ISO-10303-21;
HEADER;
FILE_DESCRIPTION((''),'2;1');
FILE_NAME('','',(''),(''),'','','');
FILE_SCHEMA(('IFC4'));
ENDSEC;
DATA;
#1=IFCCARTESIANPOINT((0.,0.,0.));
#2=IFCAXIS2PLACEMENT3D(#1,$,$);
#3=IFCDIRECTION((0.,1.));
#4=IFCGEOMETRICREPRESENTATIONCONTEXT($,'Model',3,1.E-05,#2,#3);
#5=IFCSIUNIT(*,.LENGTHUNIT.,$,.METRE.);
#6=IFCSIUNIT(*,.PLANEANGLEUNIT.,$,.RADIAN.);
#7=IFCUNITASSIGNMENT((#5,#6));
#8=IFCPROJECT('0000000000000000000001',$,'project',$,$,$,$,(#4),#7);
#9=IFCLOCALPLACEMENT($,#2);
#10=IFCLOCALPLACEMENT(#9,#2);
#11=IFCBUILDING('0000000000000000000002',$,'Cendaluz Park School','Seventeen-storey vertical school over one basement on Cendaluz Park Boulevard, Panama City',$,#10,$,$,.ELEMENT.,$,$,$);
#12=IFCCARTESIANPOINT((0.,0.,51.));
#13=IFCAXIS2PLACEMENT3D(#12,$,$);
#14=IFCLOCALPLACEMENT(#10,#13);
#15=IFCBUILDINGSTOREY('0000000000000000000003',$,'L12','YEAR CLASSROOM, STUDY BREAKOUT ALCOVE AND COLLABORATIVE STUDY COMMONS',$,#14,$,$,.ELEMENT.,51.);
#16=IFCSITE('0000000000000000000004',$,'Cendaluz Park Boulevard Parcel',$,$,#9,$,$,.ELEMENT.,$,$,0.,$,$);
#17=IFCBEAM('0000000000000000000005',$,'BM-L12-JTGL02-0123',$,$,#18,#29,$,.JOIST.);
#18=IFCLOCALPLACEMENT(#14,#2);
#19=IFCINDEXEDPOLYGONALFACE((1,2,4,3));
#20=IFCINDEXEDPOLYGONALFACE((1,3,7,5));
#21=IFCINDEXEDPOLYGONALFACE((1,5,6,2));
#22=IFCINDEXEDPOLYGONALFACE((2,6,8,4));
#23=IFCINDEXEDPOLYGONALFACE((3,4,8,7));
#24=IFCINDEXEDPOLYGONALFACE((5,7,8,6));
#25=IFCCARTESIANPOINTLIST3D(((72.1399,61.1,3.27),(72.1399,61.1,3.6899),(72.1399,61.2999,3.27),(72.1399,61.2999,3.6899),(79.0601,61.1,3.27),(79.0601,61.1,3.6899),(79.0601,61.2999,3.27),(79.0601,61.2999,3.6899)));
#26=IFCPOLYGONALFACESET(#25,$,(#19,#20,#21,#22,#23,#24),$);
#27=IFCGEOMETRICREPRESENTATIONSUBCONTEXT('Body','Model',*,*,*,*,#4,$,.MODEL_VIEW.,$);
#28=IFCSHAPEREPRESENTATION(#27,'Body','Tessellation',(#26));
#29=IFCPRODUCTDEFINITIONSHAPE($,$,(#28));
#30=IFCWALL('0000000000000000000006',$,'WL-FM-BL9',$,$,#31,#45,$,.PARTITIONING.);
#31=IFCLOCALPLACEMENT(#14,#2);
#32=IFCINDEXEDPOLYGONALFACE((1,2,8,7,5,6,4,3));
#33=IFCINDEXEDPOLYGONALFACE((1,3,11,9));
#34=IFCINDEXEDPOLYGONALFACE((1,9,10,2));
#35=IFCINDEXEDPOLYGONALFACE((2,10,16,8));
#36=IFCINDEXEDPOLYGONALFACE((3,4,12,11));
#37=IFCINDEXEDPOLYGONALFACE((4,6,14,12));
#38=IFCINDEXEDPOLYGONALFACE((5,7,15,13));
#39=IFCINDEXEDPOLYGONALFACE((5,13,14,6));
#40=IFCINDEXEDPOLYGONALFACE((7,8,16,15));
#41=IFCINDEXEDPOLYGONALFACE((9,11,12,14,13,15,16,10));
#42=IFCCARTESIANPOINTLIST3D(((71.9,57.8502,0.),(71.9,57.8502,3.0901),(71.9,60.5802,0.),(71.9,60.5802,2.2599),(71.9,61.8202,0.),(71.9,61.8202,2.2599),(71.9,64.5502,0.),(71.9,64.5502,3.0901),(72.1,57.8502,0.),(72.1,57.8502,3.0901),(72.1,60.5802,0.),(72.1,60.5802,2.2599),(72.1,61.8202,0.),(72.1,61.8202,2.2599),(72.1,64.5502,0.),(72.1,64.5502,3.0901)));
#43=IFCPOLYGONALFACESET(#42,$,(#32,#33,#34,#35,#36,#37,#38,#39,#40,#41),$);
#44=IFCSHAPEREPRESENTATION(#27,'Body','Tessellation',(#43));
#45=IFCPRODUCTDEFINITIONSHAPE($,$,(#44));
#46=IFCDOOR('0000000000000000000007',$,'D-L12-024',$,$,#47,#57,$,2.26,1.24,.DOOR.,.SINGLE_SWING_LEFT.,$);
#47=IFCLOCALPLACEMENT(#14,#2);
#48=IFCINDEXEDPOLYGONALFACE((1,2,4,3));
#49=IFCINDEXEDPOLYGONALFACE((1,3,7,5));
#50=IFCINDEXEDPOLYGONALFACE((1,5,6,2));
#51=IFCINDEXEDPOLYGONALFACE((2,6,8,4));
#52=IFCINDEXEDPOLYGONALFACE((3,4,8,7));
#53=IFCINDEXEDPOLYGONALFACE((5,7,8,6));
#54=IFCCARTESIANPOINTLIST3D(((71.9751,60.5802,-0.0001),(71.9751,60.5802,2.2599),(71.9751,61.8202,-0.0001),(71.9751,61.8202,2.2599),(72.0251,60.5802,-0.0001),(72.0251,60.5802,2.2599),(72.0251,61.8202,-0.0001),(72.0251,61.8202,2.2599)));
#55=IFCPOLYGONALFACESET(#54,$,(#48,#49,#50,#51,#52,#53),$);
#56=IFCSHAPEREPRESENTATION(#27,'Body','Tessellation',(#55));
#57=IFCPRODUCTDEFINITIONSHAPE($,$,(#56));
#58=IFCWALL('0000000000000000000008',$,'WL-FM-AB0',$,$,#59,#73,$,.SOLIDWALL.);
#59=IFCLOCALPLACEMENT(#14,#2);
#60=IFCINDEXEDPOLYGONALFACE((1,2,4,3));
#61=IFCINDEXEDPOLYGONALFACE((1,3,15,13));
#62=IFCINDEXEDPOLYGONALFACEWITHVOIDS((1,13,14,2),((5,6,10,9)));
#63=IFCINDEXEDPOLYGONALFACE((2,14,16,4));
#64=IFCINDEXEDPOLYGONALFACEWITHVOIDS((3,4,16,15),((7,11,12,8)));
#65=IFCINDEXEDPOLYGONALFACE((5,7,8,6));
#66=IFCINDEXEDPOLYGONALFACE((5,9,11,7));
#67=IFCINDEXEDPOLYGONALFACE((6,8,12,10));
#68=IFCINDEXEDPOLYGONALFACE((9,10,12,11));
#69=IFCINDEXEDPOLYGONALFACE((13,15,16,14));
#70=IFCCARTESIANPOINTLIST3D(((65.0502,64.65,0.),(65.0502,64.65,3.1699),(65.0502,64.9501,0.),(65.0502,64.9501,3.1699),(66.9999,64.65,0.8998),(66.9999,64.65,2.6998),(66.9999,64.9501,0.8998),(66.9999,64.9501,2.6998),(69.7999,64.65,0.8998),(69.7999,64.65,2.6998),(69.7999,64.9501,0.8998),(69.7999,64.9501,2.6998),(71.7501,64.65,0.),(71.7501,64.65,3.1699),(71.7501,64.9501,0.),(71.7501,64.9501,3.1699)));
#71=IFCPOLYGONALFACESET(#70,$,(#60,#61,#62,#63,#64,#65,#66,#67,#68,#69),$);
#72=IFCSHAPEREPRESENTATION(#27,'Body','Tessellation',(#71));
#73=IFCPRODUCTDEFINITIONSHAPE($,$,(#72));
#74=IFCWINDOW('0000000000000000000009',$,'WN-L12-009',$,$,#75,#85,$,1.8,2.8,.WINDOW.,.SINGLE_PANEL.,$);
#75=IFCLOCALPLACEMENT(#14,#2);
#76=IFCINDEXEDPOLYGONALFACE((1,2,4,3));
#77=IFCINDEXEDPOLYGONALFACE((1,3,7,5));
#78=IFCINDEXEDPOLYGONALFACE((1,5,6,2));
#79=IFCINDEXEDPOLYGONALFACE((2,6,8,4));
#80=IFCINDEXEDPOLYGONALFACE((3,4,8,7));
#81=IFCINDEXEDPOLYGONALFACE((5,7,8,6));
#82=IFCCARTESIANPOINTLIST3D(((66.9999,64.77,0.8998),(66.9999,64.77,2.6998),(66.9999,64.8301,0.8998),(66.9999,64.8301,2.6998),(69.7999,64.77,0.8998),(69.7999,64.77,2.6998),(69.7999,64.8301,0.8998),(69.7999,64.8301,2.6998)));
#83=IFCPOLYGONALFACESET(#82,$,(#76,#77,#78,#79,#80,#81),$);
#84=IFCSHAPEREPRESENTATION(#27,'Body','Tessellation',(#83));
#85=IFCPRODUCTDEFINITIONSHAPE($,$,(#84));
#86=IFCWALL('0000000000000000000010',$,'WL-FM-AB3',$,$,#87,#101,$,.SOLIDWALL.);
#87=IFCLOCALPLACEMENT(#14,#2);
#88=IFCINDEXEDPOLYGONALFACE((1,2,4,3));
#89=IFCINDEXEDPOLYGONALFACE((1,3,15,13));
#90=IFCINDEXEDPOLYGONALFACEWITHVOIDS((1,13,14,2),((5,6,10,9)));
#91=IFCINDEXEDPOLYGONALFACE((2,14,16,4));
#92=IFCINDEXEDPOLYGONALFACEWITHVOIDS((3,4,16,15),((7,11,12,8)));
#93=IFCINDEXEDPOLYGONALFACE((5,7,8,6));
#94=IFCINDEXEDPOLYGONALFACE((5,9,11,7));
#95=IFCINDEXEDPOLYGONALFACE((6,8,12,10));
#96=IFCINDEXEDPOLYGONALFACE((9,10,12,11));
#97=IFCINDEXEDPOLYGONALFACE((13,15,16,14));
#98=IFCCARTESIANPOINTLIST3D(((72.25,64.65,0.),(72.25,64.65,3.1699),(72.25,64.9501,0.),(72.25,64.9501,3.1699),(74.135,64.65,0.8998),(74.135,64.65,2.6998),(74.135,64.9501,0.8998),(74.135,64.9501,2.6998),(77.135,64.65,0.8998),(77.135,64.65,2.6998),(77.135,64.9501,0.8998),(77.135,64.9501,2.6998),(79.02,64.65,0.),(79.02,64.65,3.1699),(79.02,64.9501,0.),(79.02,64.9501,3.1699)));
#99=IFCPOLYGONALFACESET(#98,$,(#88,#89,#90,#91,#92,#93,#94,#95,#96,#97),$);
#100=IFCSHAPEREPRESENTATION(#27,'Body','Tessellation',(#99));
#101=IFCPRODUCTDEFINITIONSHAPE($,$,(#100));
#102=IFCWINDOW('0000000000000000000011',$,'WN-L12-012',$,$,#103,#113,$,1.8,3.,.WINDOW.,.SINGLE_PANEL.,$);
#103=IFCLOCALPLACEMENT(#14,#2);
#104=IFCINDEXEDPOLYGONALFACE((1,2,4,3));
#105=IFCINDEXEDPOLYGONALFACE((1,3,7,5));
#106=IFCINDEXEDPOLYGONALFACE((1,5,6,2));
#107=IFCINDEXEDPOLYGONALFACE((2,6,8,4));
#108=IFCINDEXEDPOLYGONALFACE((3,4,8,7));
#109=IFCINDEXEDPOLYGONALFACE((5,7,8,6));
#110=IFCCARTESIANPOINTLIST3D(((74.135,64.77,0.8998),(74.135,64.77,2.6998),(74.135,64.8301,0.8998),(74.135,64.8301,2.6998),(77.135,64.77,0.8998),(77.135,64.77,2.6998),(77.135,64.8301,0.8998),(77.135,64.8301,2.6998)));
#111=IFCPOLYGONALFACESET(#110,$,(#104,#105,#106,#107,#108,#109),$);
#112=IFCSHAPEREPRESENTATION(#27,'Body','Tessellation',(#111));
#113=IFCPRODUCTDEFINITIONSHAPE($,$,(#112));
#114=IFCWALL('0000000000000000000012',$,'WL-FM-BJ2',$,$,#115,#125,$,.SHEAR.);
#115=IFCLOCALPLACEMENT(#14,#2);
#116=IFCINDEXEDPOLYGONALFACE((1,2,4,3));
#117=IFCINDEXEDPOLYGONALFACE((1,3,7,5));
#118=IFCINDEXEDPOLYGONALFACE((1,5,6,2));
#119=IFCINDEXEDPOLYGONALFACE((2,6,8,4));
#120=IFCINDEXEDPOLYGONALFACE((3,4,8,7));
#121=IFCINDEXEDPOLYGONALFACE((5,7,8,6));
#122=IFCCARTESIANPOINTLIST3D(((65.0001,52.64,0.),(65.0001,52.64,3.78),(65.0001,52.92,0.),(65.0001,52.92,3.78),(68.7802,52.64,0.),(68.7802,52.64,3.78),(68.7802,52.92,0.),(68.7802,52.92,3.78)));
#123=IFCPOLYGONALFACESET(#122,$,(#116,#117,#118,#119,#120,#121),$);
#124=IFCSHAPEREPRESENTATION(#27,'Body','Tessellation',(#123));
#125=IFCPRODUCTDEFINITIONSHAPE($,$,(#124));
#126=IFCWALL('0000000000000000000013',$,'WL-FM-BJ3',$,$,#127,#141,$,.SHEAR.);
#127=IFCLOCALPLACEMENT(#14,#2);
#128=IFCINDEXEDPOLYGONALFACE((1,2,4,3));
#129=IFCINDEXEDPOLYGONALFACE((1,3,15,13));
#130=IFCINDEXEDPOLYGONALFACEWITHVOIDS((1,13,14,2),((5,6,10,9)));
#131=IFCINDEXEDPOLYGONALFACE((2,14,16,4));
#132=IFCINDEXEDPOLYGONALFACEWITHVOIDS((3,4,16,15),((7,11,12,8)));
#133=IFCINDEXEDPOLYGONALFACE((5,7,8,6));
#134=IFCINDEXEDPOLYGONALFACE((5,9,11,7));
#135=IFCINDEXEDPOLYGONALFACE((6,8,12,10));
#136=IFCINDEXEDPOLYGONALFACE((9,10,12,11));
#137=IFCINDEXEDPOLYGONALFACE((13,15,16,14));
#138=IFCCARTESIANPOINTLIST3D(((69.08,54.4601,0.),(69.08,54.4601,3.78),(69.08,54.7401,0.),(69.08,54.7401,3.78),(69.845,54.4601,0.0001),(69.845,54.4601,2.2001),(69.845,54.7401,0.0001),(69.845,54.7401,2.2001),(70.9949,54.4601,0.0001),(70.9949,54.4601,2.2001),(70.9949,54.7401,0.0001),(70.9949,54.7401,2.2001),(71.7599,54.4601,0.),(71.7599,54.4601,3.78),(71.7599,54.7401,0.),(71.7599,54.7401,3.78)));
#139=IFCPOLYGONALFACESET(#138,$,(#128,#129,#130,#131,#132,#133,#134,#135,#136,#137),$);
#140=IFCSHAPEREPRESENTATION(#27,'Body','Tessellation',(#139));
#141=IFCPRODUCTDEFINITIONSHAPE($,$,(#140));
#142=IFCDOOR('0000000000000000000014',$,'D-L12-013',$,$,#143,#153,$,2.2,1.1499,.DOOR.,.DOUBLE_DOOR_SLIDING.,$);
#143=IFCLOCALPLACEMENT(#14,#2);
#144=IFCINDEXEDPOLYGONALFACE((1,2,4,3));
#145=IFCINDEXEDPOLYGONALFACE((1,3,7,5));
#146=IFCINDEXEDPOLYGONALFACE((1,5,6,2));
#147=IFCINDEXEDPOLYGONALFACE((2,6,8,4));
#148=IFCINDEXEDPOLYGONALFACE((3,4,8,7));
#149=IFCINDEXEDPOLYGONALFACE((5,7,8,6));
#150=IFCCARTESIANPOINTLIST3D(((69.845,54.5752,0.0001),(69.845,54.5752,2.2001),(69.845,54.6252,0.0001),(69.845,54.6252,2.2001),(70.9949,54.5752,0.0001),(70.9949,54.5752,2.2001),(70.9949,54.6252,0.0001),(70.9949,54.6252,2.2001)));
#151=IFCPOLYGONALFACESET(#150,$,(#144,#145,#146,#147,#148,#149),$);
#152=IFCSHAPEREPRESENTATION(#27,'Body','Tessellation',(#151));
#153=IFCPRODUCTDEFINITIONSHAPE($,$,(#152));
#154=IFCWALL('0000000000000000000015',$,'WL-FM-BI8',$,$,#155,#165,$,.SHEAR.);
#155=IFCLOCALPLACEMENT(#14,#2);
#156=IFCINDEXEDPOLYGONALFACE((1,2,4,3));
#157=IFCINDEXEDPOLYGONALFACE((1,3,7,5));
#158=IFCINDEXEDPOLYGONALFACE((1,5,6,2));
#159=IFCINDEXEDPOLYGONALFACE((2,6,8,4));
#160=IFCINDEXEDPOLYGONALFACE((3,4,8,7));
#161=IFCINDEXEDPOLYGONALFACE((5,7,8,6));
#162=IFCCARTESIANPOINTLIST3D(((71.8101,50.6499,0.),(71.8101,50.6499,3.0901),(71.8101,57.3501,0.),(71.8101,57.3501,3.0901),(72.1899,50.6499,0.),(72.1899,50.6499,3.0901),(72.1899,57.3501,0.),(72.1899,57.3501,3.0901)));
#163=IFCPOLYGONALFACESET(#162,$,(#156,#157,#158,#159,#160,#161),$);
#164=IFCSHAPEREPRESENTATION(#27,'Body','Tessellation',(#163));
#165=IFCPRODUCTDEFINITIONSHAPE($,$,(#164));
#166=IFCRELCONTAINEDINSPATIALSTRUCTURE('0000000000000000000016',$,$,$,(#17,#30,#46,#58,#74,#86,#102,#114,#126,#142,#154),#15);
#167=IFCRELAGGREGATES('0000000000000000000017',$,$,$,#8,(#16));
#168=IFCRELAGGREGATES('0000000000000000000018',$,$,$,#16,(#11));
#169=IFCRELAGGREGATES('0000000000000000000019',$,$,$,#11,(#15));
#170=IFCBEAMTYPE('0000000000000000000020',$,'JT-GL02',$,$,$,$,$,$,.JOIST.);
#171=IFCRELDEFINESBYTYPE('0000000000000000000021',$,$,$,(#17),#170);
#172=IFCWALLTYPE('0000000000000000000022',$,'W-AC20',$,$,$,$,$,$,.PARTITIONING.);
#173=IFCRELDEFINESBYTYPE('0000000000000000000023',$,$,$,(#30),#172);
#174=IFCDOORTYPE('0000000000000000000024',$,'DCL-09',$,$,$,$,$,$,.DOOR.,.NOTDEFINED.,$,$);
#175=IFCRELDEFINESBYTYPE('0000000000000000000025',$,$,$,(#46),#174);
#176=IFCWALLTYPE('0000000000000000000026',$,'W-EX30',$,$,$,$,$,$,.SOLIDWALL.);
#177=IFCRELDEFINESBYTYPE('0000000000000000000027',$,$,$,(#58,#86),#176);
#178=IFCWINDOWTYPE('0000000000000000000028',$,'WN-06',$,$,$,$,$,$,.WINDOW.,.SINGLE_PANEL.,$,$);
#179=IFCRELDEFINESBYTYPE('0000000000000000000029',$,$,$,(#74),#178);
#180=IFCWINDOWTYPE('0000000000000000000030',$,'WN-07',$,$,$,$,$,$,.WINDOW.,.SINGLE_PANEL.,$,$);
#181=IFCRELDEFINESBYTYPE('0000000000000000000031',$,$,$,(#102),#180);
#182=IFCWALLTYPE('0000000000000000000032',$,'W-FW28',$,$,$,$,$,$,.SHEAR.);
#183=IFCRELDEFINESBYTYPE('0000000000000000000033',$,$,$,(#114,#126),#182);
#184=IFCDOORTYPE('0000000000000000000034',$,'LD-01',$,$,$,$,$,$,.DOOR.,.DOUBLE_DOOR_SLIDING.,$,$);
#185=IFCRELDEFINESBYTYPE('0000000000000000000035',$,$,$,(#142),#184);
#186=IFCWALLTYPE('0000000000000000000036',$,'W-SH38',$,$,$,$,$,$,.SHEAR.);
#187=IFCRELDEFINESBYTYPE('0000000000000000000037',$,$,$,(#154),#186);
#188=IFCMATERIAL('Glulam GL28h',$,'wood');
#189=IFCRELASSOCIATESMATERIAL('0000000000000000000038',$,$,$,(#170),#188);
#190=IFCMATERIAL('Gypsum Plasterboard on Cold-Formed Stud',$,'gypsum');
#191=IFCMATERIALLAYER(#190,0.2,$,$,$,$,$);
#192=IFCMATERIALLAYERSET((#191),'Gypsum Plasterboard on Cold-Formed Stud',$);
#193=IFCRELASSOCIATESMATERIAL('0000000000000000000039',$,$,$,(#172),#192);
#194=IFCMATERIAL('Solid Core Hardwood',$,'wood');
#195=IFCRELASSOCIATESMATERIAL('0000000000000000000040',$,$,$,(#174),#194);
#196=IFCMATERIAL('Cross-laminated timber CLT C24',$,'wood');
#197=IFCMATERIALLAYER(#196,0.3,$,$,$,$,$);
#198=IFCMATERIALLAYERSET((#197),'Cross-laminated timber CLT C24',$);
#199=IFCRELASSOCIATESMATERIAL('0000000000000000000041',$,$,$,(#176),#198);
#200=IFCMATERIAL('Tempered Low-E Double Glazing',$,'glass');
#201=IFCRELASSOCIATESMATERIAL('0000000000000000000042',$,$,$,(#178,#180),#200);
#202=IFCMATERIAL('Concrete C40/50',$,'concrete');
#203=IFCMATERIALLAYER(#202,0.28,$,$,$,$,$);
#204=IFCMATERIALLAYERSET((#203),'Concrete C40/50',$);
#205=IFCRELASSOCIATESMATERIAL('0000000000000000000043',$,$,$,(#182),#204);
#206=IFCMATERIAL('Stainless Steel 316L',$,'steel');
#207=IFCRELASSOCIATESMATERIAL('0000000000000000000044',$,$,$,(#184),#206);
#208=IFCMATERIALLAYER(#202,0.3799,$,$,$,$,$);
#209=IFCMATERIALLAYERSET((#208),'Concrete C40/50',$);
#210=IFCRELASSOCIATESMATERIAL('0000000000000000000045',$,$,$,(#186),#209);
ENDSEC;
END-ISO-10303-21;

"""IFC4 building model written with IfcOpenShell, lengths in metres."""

from ifc_helpers import new_model, si_unit, direction, frame, frame_2d, origin, origin_2d, place, context, subcontext, project, spatial, rectangle, extrude, material, layer, layer_set, material_profile, profile_set, type_object, element, fill, save


model = new_model("IFC4")

# Units and contexts
model_context = context("Model", 3, precision=1e-05, world=origin(), true_north=direction((0.0, 1.0)))
body_context = subcontext(model_context, "Body", "Model", "MODEL_VIEW")
ifc_project = project(units=[si_unit("LENGTHUNIT", "METRE"), si_unit("PLANEANGLEUNIT", "RADIAN")], contexts=[model_context])

# Site, building, storey
site_placement = place(None, origin())
site = spatial("IfcSite", under=ifc_project, at=site_placement, Name="Cendaluz Park Boulevard Parcel", CompositionType="ELEMENT", RefElevation=0.0)
building_placement = place(site_placement, origin())
building = spatial("IfcBuilding", under=site, at=building_placement, Name="Cendaluz Park School", Description="Seventeen-storey vertical school over one basement on Cendaluz Park Boulevard, Panama City", CompositionType="ELEMENT")
storey_placement = place(building_placement, frame((0.0, 0.0, 51.0)))
storey = spatial("IfcBuildingStorey", under=building, at=storey_placement, Name="L12", Description="YEAR CLASSROOM, STUDY BREAKOUT ALCOVE AND COLLABORATIVE STUDY COMMONS", CompositionType="ELEMENT", Elevation=51.0)

# Beam
ifc_material_1 = material(Name="Glulam GL28h", Category="wood")
ifc_material_profile_1 = material_profile(ifc_material_1, rectangle(XDim=0.2, YDim=0.4199, at=origin_2d()), Name="GL28h 200x420", Category="wood")
ifc_profile_set_1 = profile_set([ifc_material_profile_1], Name="Glulam GL28h")
beam_type_1 = type_object("IfcBeamType", Name="JT-GL02", PredefinedType="JOIST", material=ifc_profile_set_1)
beam_1_placement = place(storey_placement, frame((72.1399, 61.2, 3.48), z_axis=(1.0, 0.0, 0.0), x_axis=(0.0, 1.0, 0.0)))
element("IfcBeam", 1, at=beam_1_placement, inside=storey, type_object=beam_type_1, Name="BM-L12-JTGL02-0123", PredefinedType="JOIST", context=body_context, shape_type="SweptSolid", body=[
    extrude(rectangle(XDim=0.2, YDim=0.4199, at=origin_2d()), origin(), (0.0, 0.0, 1.0), 6.9202),
])

# Wall, opening, door
ifc_material_2 = material(Name="Gypsum Plasterboard on Cold-Formed Stud", Category="gypsum")
ifc_layer_1 = layer(ifc_material_2, 0.2)
ifc_layer_set_1 = layer_set([ifc_layer_1], Name="Gypsum Plasterboard on Cold-Formed Stud")
wall_type_1 = type_object("IfcWallType", Name="W-AC20", PredefinedType="PARTITIONING", material=ifc_layer_set_1)
wall_1_placement = place(storey_placement, frame((72.0, 57.8501, 0.0), z_axis=(0.0, 0.0, 1.0), x_axis=(0.0, 1.0, 0.0)))
wall_1 = element("IfcWall", 2, at=wall_1_placement, inside=storey, type_object=wall_type_1, Name="WL-FM-BL9", PredefinedType="PARTITIONING", context=body_context, shape_type="SweptSolid", body=[
    extrude(rectangle(XDim=6.7, YDim=0.2, at=frame_2d((3.3501, 0.0))), origin(), (0.0, 0.0, 1.0), 3.0901),
])
opening_1_placement = place(wall_1_placement, frame((2.73, 0.0, 0.0)))
opening_1 = element("IfcOpeningElement", 3, at=opening_1_placement, cuts=wall_1, PredefinedType="OPENING", context=body_context, shape_type="SweptSolid", body=[
    extrude(rectangle(XDim=1.24, YDim=2.26, at=frame_2d((0.6201, 1.1299))), frame((0.0, 0.1121, 0.0), z_axis=(0.0, -1.0, 0.0), x_axis=(1.0, 0.0, 0.0)), (0.0, 0.0, 1.0), 0.2239),
])
ifc_material_3 = material(Name="Solid Core Hardwood", Category="wood")
door_type_1 = type_object("IfcDoorType", Name="DCL-09", OperationType="NOTDEFINED", PredefinedType="DOOR", material=ifc_material_3)
door_1_placement = place(opening_1_placement, origin())
door_1 = element("IfcDoor", 4, at=door_1_placement, inside=storey, type_object=door_type_1, Name="D-L12-024", OperationType="SINGLE_SWING_LEFT", OverallHeight=2.26, OverallWidth=1.24, PredefinedType="DOOR", context=body_context, shape_type="SweptSolid", body=[
    extrude(rectangle(XDim=1.24, YDim=2.26, at=frame_2d((0.6201, 1.1299))), frame((0.0, 0.0249, 0.0), z_axis=(0.0, -1.0, 0.0), x_axis=(1.0, 0.0, 0.0)), (0.0, 0.0, 1.0), 0.05),
])
fill(opening_1, door_1)

# Walls, openings, windows
ifc_material_4 = material(Name="Cross-laminated timber CLT C24", Category="wood")
ifc_layer_2 = layer(ifc_material_4, 0.3)
ifc_layer_set_2 = layer_set([ifc_layer_2], Name="Cross-laminated timber CLT C24")
wall_type_2 = type_object("IfcWallType", Name="W-EX30", PredefinedType="SOLIDWALL", material=ifc_layer_set_2)
wall_2_placement = place(storey_placement, frame((65.05, 64.8, 0.0), z_axis=(0.0, 0.0, 1.0), x_axis=(1.0, 0.0, 0.0)))
wall_2 = element("IfcWall", 5, at=wall_2_placement, inside=storey, type_object=wall_type_2, Name="WL-FM-AB0", PredefinedType="SOLIDWALL", context=body_context, shape_type="SweptSolid", body=[
    extrude(rectangle(XDim=6.7, YDim=0.3, at=frame_2d((3.3501, 0.0))), origin(), (0.0, 0.0, 1.0), 3.1699),
])
opening_2_placement = place(wall_2_placement, frame((1.95, 0.0, 0.8999)))
opening_2 = element("IfcOpeningElement", 6, at=opening_2_placement, cuts=wall_2, PredefinedType="OPENING", context=body_context, shape_type="SweptSolid", body=[
    extrude(rectangle(XDim=2.8, YDim=1.8, at=frame_2d((1.3999, 0.8999))), frame((0.0, 0.1621, 0.0), z_axis=(0.0, -1.0, 0.0), x_axis=(1.0, 0.0, 0.0)), (0.0, 0.0, 1.0), 0.324),
])
ifc_material_5 = material(Name="Tempered Low-E Double Glazing", Category="glass")
window_type_1 = type_object("IfcWindowType", Name="WN-06", PartitioningType="SINGLE_PANEL", PredefinedType="WINDOW", material=ifc_material_5)
window_1_placement = place(opening_2_placement, origin())
window_1 = element("IfcWindow", 7, at=window_1_placement, inside=storey, type_object=window_type_1, Name="WN-L12-009", OverallHeight=1.8, OverallWidth=2.8, PartitioningType="SINGLE_PANEL", PredefinedType="WINDOW", context=body_context, shape_type="SweptSolid", body=[
    extrude(rectangle(XDim=2.8, YDim=1.8, at=frame_2d((1.3999, 0.8999))), frame((0.0, 0.03, 0.0), z_axis=(0.0, -1.0, 0.0), x_axis=(1.0, 0.0, 0.0)), (0.0, 0.0, 1.0), 0.0601),
])
fill(opening_2, window_1)
wall_3_placement = place(storey_placement, frame((72.25, 64.8, 0.0), z_axis=(0.0, 0.0, 1.0), x_axis=(1.0, 0.0, 0.0)))
wall_3 = element("IfcWall", 8, at=wall_3_placement, inside=storey, type_object=wall_type_2, Name="WL-FM-AB3", PredefinedType="SOLIDWALL", context=body_context, shape_type="SweptSolid", body=[
    extrude(rectangle(XDim=6.77, YDim=0.3, at=frame_2d((3.385, 0.0))), origin(), (0.0, 0.0, 1.0), 3.1699),
])
opening_3_placement = place(wall_3_placement, frame((1.885, 0.0, 0.8999)))
opening_3 = element("IfcOpeningElement", 9, at=opening_3_placement, cuts=wall_3, PredefinedType="OPENING", context=body_context, shape_type="SweptSolid", body=[
    extrude(rectangle(XDim=3.0, YDim=1.8, at=frame_2d((1.5, 0.8999))), frame((0.0, 0.1621, 0.0), z_axis=(0.0, -1.0, 0.0), x_axis=(1.0, 0.0, 0.0)), (0.0, 0.0, 1.0), 0.324),
])
window_type_2 = type_object("IfcWindowType", Name="WN-07", PartitioningType="SINGLE_PANEL", PredefinedType="WINDOW", material=ifc_material_5)
window_2_placement = place(opening_3_placement, origin())
window_2 = element("IfcWindow", 10, at=window_2_placement, inside=storey, type_object=window_type_2, Name="WN-L12-012", OverallHeight=1.8, OverallWidth=3.0, PartitioningType="SINGLE_PANEL", PredefinedType="WINDOW", context=body_context, shape_type="SweptSolid", body=[
    extrude(rectangle(XDim=3.0, YDim=1.8, at=frame_2d((1.5, 0.8999))), frame((0.0, 0.03, 0.0), z_axis=(0.0, -1.0, 0.0), x_axis=(1.0, 0.0, 0.0)), (0.0, 0.0, 1.0), 0.0601),
])
fill(opening_3, window_2)

# Wall
ifc_material_6 = material(Name="Concrete C40/50", Category="concrete")
ifc_layer_3 = layer(ifc_material_6, 0.28)
ifc_layer_set_3 = layer_set([ifc_layer_3], Name="Concrete C40/50")
wall_type_3 = type_object("IfcWallType", Name="W-FW28", PredefinedType="SHEAR", material=ifc_layer_set_3)
wall_4_placement = place(storey_placement, frame((65.0, 52.78, 0.0), z_axis=(0.0, 0.0, 1.0), x_axis=(1.0, 0.0, 0.0)))
element("IfcWall", 11, at=wall_4_placement, inside=storey, type_object=wall_type_3, Name="WL-FM-BJ2", PredefinedType="SHEAR", context=body_context, shape_type="SweptSolid", body=[
    extrude(rectangle(XDim=3.78, YDim=0.28, at=frame_2d((1.8901, 0.0))), origin(), (0.0, 0.0, 1.0), 3.78),
])

# Wall, opening, door
wall_5_placement = place(storey_placement, frame((69.0801, 54.6001, 0.0), z_axis=(0.0, 0.0, 1.0), x_axis=(1.0, 0.0, 0.0)))
wall_5 = element("IfcWall", 12, at=wall_5_placement, inside=storey, type_object=wall_type_3, Name="WL-FM-BJ3", PredefinedType="SHEAR", context=body_context, shape_type="SweptSolid", body=[
    extrude(rectangle(XDim=2.6799, YDim=0.28, at=frame_2d((1.3398, 0.0))), origin(), (0.0, 0.0, 1.0), 3.78),
])
opening_4_placement = place(wall_5_placement, frame((0.7649, 0.0, 0.0)))
opening_4 = element("IfcOpeningElement", 13, at=opening_4_placement, cuts=wall_5, PredefinedType="OPENING", context=body_context, shape_type="SweptSolid", body=[
    extrude(rectangle(XDim=1.1499, YDim=2.2, at=frame_2d((0.575, 1.1001))), frame((0.0, 0.1521, 0.0), z_axis=(0.0, -1.0, 0.0), x_axis=(1.0, 0.0, 0.0)), (0.0, 0.0, 1.0), 0.304),
])
ifc_material_7 = material(Name="Stainless Steel 316L", Category="steel")
door_type_2 = type_object("IfcDoorType", Name="LD-01", OperationType="DOUBLE_DOOR_SLIDING", PredefinedType="DOOR", material=ifc_material_7)
door_2_placement = place(opening_4_placement, frame((1.1499, 0.0, 0.0), z_axis=(0.0, 0.0, 1.0), x_axis=(-1.0, 0.0, 0.0)))
door_2 = element("IfcDoor", 14, at=door_2_placement, inside=storey, type_object=door_type_2, Name="D-L12-013", OperationType="DOUBLE_DOOR_SLIDING", OverallHeight=2.2, OverallWidth=1.1499, PredefinedType="DOOR", context=body_context, shape_type="SweptSolid", body=[
    extrude(rectangle(XDim=1.1499, YDim=2.2, at=frame_2d((0.575, 1.1001))), frame((0.0, 0.0249, 0.0), z_axis=(0.0, -1.0, 0.0), x_axis=(1.0, 0.0, 0.0)), (0.0, 0.0, 1.0), 0.05),
])
fill(opening_4, door_2)

# Wall
ifc_layer_4 = layer(ifc_material_6, 0.3799)
ifc_layer_set_4 = layer_set([ifc_layer_4], Name="Concrete C40/50")
wall_type_4 = type_object("IfcWallType", Name="W-SH38", PredefinedType="SHEAR", material=ifc_layer_set_4)
wall_6_placement = place(storey_placement, frame((72.0, 50.6499, 0.0), z_axis=(0.0, 0.0, 1.0), x_axis=(0.0, 1.0, 0.0)))
element("IfcWall", 15, at=wall_6_placement, inside=storey, type_object=wall_type_4, Name="WL-FM-BI8", PredefinedType="SHEAR", context=body_context, shape_type="SweptSolid", body=[
    extrude(rectangle(XDim=6.7002, YDim=0.3799, at=frame_2d((3.3501, 0.0))), origin(), (0.0, 0.0, 1.0), 3.0901),
])

save(model, "model.ifc")
